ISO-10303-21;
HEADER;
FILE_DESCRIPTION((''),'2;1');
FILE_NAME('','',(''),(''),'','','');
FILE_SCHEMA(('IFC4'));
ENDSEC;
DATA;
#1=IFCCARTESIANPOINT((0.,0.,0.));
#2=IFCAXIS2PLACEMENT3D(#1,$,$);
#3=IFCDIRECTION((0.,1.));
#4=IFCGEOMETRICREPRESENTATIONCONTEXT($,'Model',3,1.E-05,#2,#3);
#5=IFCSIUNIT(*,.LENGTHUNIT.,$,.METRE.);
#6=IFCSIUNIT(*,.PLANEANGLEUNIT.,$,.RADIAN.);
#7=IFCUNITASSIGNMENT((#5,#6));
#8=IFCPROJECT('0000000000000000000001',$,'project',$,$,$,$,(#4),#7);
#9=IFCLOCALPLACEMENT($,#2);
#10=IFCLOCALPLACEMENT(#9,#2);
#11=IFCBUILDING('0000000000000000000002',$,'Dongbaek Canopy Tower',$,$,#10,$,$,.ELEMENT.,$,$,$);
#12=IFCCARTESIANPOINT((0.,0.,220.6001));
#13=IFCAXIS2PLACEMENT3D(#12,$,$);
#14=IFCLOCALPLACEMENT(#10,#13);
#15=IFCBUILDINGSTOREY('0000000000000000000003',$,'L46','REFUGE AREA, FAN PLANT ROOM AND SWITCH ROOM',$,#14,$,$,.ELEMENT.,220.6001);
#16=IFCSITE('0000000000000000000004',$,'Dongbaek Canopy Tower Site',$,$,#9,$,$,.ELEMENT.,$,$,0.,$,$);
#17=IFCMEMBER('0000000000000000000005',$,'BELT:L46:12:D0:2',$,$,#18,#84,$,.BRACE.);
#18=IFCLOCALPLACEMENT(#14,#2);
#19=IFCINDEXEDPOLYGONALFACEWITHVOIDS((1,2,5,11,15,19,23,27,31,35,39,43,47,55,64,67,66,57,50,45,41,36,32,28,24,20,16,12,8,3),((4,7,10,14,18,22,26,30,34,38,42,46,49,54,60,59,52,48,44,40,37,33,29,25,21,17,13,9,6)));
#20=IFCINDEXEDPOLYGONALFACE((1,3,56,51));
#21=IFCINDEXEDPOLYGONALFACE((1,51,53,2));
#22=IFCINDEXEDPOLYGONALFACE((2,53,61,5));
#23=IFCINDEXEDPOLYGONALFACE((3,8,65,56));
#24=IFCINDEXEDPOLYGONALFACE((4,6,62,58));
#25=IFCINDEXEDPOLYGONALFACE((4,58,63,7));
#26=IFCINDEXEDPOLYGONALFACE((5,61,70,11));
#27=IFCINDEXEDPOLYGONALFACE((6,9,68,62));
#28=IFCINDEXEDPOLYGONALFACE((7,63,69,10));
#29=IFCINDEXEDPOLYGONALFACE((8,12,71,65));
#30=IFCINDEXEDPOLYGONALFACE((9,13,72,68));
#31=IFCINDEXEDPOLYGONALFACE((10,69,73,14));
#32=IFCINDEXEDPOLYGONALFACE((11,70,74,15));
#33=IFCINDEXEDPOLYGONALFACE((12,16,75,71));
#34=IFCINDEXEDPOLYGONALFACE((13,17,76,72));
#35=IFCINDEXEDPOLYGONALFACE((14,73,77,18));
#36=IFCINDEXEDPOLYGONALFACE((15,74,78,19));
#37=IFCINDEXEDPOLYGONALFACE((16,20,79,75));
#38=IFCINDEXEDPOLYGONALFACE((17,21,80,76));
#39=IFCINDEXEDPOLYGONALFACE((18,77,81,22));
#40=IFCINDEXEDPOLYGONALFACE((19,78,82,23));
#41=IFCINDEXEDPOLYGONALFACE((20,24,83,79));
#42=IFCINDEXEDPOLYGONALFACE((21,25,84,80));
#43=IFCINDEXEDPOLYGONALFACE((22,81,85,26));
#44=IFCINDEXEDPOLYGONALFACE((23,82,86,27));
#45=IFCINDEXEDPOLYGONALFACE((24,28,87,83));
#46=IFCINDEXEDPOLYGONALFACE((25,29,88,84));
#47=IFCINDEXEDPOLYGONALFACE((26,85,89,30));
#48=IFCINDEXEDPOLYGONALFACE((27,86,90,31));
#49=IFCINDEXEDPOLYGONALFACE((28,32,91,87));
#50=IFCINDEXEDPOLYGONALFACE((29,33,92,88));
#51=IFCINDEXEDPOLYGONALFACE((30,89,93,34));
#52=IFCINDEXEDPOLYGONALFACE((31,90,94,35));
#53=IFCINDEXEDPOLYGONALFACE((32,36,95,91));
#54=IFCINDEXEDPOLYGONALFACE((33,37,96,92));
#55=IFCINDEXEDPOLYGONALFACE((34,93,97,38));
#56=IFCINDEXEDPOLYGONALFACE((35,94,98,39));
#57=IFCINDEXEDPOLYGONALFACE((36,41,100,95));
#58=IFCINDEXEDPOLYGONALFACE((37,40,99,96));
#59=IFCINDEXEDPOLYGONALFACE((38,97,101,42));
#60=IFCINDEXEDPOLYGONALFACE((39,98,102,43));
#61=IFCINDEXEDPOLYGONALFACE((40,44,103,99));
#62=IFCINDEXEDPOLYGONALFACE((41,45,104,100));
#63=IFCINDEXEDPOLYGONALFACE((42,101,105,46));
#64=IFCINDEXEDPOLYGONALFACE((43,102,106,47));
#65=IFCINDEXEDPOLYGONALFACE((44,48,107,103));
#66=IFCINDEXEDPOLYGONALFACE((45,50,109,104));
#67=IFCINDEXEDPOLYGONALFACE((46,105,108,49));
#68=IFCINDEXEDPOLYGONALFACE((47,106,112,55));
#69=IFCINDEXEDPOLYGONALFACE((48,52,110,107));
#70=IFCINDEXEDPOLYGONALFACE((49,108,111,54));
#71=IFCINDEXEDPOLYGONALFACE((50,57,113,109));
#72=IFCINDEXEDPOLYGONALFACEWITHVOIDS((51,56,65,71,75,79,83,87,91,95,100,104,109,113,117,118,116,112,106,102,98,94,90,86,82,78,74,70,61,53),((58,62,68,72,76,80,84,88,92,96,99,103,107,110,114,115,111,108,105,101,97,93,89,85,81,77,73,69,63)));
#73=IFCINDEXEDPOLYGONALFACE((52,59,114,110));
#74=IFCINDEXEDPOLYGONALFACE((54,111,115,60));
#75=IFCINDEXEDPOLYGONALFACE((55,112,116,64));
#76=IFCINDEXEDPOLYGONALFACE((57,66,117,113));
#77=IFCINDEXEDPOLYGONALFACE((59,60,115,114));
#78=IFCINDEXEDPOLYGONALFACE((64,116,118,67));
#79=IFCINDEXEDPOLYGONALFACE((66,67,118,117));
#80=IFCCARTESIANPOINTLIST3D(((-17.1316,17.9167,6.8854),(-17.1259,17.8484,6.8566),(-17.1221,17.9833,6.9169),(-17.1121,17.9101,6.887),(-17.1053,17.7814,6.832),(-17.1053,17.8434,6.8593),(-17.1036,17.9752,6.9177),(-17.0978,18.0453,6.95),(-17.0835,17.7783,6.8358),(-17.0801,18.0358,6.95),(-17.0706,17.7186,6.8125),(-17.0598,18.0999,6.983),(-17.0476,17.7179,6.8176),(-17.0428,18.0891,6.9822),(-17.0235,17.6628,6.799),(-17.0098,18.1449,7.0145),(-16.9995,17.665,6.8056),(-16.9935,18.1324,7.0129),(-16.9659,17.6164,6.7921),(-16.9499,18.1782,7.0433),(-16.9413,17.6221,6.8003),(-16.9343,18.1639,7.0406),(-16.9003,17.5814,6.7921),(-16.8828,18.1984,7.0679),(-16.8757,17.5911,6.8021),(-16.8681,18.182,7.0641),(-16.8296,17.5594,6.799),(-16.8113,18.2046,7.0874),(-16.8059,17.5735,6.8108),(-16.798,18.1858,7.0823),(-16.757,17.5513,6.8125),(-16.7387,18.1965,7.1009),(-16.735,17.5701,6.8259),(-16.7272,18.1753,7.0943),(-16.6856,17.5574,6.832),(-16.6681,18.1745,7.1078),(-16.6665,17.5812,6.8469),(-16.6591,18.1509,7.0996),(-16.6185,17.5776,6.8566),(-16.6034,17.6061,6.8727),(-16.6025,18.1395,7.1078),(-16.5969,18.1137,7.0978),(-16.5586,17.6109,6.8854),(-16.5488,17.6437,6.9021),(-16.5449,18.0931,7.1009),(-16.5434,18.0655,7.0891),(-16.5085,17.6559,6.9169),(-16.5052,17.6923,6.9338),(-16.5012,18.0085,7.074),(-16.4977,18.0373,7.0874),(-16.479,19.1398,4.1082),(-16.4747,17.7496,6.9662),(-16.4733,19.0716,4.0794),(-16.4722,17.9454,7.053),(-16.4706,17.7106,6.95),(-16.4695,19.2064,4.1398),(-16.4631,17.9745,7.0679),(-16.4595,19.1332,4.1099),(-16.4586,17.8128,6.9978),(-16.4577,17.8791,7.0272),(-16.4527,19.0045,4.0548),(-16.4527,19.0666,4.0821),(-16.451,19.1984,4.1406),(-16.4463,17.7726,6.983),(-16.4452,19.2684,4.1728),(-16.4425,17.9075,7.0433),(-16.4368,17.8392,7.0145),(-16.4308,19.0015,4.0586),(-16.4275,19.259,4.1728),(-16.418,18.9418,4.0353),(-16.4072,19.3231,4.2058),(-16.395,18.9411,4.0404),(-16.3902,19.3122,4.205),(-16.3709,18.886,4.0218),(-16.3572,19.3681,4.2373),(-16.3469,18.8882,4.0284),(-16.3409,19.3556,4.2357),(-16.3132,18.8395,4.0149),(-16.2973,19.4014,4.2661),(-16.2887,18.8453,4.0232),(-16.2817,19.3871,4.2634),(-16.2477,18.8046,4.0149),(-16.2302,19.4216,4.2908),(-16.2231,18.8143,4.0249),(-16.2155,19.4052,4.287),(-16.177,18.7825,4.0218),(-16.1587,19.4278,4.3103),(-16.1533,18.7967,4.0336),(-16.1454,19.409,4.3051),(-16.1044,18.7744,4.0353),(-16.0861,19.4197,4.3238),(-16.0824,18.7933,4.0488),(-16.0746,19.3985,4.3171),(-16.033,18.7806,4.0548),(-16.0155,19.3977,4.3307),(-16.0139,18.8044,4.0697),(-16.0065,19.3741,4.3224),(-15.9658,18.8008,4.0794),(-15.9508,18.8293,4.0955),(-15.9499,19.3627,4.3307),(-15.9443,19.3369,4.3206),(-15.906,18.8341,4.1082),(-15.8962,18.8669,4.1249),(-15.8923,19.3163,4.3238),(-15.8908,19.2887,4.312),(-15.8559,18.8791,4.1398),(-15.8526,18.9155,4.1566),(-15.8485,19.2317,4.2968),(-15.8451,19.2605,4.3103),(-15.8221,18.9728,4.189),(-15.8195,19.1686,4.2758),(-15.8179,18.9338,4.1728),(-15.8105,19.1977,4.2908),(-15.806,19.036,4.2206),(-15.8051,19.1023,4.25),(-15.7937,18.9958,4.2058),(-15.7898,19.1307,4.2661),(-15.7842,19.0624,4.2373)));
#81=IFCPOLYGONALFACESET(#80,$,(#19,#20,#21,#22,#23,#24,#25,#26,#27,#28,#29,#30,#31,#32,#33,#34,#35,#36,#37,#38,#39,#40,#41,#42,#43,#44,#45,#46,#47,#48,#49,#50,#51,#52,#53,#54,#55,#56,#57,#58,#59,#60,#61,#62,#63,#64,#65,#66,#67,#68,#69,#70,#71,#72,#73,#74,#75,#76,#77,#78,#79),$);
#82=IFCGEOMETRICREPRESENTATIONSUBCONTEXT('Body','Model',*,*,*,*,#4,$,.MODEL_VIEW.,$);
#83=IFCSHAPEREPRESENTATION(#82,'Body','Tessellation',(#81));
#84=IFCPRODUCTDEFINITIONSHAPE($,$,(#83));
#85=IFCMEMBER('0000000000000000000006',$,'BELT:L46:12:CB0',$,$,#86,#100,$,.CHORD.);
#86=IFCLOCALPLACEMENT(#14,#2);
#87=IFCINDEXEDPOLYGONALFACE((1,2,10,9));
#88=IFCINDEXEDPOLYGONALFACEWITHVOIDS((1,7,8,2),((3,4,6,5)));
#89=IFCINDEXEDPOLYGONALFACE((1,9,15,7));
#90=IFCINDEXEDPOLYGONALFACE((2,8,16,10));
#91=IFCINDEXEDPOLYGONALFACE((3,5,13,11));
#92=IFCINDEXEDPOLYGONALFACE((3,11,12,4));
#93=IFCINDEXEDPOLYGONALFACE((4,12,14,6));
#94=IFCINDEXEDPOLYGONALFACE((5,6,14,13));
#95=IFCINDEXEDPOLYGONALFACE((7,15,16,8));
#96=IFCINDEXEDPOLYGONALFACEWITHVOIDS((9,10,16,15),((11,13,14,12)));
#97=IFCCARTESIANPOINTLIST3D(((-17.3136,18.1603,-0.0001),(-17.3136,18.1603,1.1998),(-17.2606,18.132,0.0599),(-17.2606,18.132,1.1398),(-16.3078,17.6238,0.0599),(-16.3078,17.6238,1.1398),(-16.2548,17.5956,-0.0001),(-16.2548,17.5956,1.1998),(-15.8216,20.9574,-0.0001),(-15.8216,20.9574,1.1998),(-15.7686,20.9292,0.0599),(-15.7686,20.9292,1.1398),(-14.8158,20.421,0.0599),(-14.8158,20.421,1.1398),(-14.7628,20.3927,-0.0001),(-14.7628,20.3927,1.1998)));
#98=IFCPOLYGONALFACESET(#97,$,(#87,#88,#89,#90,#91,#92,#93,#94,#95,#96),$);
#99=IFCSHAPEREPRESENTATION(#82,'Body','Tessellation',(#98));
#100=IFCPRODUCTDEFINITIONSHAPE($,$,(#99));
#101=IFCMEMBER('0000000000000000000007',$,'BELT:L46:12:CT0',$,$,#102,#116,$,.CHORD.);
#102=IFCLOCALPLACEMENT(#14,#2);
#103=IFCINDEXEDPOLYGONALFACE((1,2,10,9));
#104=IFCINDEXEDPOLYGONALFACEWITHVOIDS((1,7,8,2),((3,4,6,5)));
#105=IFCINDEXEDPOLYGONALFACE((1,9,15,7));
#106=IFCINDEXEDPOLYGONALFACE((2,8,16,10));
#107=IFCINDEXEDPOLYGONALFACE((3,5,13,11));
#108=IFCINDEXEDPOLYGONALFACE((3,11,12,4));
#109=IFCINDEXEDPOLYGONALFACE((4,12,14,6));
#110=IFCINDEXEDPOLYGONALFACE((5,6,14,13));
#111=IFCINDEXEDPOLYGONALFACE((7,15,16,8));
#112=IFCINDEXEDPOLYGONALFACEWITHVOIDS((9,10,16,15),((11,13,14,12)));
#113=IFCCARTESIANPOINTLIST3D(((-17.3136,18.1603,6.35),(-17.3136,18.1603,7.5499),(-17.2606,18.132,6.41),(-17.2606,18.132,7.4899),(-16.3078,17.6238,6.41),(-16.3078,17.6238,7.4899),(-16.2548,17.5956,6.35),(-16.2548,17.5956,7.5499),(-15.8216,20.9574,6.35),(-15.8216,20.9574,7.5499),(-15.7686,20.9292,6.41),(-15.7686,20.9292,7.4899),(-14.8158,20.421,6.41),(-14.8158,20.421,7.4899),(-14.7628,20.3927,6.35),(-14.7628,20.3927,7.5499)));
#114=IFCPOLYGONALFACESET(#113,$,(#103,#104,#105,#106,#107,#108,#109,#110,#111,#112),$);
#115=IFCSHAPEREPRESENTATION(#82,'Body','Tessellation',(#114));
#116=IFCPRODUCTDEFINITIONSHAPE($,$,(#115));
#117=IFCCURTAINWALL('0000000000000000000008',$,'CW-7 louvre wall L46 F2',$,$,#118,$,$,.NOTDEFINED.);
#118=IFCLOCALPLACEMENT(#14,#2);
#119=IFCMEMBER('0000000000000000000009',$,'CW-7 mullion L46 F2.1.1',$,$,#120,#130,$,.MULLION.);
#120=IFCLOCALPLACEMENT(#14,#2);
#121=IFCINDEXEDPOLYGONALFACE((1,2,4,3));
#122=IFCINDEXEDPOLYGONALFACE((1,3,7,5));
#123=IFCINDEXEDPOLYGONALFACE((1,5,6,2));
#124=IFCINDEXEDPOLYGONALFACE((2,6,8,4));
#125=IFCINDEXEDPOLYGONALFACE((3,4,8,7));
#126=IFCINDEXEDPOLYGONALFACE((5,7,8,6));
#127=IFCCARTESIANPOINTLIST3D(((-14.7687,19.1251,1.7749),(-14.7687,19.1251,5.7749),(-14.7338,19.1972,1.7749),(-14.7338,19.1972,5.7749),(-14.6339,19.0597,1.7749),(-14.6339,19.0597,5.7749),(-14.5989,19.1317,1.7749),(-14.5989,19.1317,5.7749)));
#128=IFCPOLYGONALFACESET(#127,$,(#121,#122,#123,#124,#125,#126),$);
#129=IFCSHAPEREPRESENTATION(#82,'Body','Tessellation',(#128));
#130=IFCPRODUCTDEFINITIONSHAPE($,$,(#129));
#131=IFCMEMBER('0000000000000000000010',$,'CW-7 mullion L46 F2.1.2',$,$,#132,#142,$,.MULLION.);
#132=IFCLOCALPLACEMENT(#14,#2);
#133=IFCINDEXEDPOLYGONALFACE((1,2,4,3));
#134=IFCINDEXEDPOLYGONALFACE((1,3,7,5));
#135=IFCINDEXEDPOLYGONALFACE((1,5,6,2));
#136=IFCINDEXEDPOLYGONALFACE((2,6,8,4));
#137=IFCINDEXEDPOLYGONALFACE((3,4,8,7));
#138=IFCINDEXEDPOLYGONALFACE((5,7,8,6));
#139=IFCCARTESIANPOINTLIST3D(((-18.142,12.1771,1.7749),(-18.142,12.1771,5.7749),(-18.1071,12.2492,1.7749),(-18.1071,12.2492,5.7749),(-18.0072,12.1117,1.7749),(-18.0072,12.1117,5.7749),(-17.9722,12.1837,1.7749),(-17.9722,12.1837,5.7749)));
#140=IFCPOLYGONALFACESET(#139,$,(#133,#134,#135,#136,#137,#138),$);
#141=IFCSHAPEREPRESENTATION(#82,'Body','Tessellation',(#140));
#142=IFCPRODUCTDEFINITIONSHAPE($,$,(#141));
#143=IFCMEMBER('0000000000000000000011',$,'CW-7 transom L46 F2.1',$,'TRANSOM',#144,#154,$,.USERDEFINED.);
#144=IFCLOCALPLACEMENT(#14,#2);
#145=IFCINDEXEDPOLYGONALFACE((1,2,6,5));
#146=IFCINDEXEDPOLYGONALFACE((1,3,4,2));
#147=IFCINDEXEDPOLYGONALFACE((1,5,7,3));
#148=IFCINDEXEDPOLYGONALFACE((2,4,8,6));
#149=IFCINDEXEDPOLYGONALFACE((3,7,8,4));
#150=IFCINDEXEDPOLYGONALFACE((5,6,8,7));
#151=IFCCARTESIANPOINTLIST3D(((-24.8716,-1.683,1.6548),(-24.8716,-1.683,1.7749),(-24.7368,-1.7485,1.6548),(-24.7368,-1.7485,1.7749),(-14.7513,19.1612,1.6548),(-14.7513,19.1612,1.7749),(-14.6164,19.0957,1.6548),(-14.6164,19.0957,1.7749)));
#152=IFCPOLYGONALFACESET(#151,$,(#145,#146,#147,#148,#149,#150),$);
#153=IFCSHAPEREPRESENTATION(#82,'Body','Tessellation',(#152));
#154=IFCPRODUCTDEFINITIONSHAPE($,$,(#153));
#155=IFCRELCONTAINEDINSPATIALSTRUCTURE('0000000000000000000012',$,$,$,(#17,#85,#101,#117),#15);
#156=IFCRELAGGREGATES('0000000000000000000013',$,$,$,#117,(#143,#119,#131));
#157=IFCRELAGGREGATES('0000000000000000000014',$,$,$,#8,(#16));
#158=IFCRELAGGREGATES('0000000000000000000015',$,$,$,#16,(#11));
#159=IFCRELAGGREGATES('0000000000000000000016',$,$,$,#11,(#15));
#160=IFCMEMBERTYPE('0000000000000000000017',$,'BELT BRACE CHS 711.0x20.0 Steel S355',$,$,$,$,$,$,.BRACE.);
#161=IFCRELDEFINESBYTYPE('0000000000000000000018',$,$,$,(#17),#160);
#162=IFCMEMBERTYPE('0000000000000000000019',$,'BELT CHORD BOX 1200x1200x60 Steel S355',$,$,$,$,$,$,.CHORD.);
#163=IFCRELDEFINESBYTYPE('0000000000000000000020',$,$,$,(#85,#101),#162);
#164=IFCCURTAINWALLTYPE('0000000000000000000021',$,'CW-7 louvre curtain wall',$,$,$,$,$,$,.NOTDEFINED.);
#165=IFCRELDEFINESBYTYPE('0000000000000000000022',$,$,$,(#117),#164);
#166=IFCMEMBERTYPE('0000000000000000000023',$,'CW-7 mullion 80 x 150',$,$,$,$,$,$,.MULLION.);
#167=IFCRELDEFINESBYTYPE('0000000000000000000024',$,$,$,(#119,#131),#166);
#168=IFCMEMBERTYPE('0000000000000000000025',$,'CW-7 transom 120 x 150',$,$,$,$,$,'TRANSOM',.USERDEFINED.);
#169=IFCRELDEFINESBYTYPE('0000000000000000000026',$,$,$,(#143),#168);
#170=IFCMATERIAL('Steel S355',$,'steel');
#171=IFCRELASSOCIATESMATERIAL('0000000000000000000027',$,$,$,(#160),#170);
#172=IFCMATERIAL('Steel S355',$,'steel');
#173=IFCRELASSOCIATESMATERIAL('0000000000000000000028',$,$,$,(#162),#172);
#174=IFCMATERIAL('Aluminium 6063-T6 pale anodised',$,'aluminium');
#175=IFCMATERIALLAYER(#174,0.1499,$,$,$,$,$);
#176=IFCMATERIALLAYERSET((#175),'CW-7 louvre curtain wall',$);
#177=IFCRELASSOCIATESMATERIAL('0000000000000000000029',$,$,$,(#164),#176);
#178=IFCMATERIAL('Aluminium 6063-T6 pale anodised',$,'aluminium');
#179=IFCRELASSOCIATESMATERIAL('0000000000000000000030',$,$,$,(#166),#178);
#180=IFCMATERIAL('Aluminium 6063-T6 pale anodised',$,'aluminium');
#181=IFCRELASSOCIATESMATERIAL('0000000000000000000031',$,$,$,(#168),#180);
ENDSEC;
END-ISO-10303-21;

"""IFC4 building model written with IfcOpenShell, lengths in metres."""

from ifc_helpers import new_model, si_unit, direction, frame, origin, origin_2d, place, context, subcontext, project, spatial, rectangle, hollow_rectangle, hollow_circle, extrude, material, layer, layer_set, material_profile, profile_set, type_object, element, aggregate, save


model = new_model("IFC4")

# Units and contexts
model_context = context("Model", 3, precision=1e-05, world=origin(), true_north=direction((0.0, 1.0)))
body_context = subcontext(model_context, "Body", "Model", "MODEL_VIEW")
ifc_project = project(units=[si_unit("LENGTHUNIT", "METRE"), si_unit("PLANEANGLEUNIT", "RADIAN")], contexts=[model_context])

# Site, building, storey
site_placement = place(None, origin())
site = spatial("IfcSite", under=ifc_project, at=site_placement, Name="Dongbaek Canopy Tower Site", CompositionType="ELEMENT", RefElevation=0.0)
building_placement = place(site_placement, origin())
building = spatial("IfcBuilding", under=site, at=building_placement, Name="Dongbaek Canopy Tower", CompositionType="ELEMENT")
storey_placement = place(building_placement, frame((0.0, 0.0, 220.6001)))
storey = spatial("IfcBuildingStorey", under=building, at=storey_placement, Name="L46", Description="REFUGE AREA, FAN PLANT ROOM AND SWITCH ROOM", CompositionType="ELEMENT", Elevation=220.6001)

# Members
ifc_material_1 = material(Name="Steel S355", Category="steel")
ifc_material_profile_1 = material_profile(ifc_material_1, hollow_circle(Radius=0.3555, WallThickness=0.02, at=origin_2d()), Name="BELT BRACE CHS 711.0x20.0 Steel S355")
ifc_profile_set_1 = profile_set([ifc_material_profile_1], Name="Steel S355")
member_type_1 = type_object("IfcMemberType", Name="BELT BRACE CHS 711.0x20.0 Steel S355", PredefinedType="BRACE", material=ifc_profile_set_1)
member_1_placement = place(storey_placement, frame((-16.7842, 17.8779, 6.95), z_axis=(0.210247, 0.394066, -0.894711), x_axis=(-0.88228, 0.470725, 0.0)))
element("IfcMember", 1, at=member_1_placement, inside=storey, type_object=member_type_1, Name="BELT:L46:12:D0:2", PredefinedType="BRACE", context=body_context, shape_type="SweptSolid", body=[
    extrude(hollow_circle(Radius=0.3555, WallThickness=0.02, at=origin_2d()), origin(), (0.0, 0.0, 1.0), 3.104),
])
ifc_material_2 = material(Name="Steel S355", Category="steel")
ifc_material_profile_2 = material_profile(ifc_material_2, hollow_rectangle(XDim=1.2, YDim=1.2, WallThickness=0.0601, at=origin_2d()), Name="BELT CHORD BOX 1200x1200x60 Steel S355")
ifc_profile_set_2 = profile_set([ifc_material_profile_2], Name="Steel S355")
member_type_2 = type_object("IfcMemberType", Name="BELT CHORD BOX 1200x1200x60 Steel S355", PredefinedType="CHORD", material=ifc_profile_set_2)
for number, where, z_axis, x_axis, name in (
    (2, (-16.7842, 17.8779, 0.5999), (0.470624, 0.882334, 0.0), (-0.882334, 0.470624, 0.0), "BELT:L46:12:CB0"),
    (3, (-16.7842, 17.8779, 6.95), (0.470624, 0.882334, 0.0), (-0.882334, 0.470624, 0.0), "BELT:L46:12:CT0"),
):
    element("IfcMember", number, at=place(storey_placement, frame(where, z_axis=z_axis, x_axis=x_axis)), inside=storey, type_object=member_type_2, Name=name, PredefinedType="CHORD", context=body_context, shape_type="SweptSolid", body=[
        extrude(hollow_rectangle(XDim=1.2, YDim=1.2, WallThickness=0.0601, at=origin_2d()), origin(), (0.0, 0.0, 1.0), 3.1702),
    ])

# Curtain wall, members
ifc_material_3 = material(Name="Aluminium 6063-T6 pale anodised", Category="aluminium")
ifc_layer_1 = layer(ifc_material_3, 0.1499)
ifc_layer_set_1 = layer_set([ifc_layer_1], Name="CW-7 louvre curtain wall")
curtain_wall_type = type_object("IfcCurtainWallType", Name="CW-7 louvre curtain wall", PredefinedType="NOTDEFINED", material=ifc_layer_set_1)
curtain_wall_placement = place(storey_placement, origin())
curtain_wall = element("IfcCurtainWall", 4, at=curtain_wall_placement, inside=storey, type_object=curtain_wall_type, Name="CW-7 louvre wall L46 F2", PredefinedType="NOTDEFINED")
ifc_material_4 = material(Name="Aluminium 6063-T6 pale anodised", Category="aluminium")
ifc_material_profile_3 = material_profile(ifc_material_4, rectangle(XDim=0.1499, YDim=0.0801, at=origin_2d()), Name="CW-7 mullion 80 x 150")
ifc_profile_set_3 = profile_set([ifc_material_profile_3], Name="Aluminium 6063-T6 pale anodised")
member_type_3 = type_object("IfcMemberType", Name="CW-7 mullion 80 x 150", PredefinedType="MULLION", material=ifc_profile_set_3)
member_2_placement = place(storey_placement, frame((-14.6838, 19.1284, 1.7749), z_axis=(0.0, 0.0, 1.0), x_axis=(-0.899575, 0.436767, 0.0)))
member_2 = element("IfcMember", 5, at=member_2_placement, type_object=member_type_3, Name="CW-7 mullion L46 F2.1.1", PredefinedType="MULLION", context=body_context, shape_type="SweptSolid", body=[
    extrude(rectangle(XDim=0.1499, YDim=0.0801, at=origin_2d()), origin(), (0.0, 0.0, 1.0), 4.0),
])
member_3_placement = place(storey_placement, frame((-18.0571, 12.1804, 1.7749), z_axis=(0.0, 0.0, 1.0), x_axis=(-0.899575, 0.436767, 0.0)))
member_3 = element("IfcMember", 6, at=member_3_placement, type_object=member_type_3, Name="CW-7 mullion L46 F2.1.2", PredefinedType="MULLION", context=body_context, shape_type="SweptSolid", body=[
    extrude(rectangle(XDim=0.1499, YDim=0.0801, at=origin_2d()), origin(), (0.0, 0.0, 1.0), 4.0),
])
ifc_material_5 = material(Name="Aluminium 6063-T6 pale anodised", Category="aluminium")
ifc_material_profile_4 = material_profile(ifc_material_5, rectangle(XDim=0.1499, YDim=0.1201, at=origin_2d()), Name="CW-7 transom 120 x 150")
ifc_profile_set_4 = profile_set([ifc_material_profile_4], Name="Aluminium 6063-T6 pale anodised")
member_type_4 = type_object("IfcMemberType", Name="CW-7 transom 120 x 150", ElementType="TRANSOM", PredefinedType="USERDEFINED", material=ifc_profile_set_4)
member_4_placement = place(storey_placement, frame((-14.6838, 19.1284, 1.7148), z_axis=(-0.436765, -0.899576, 0.0), x_axis=(0.899576, -0.436765, 0.0)))
member_4 = element("IfcMember", 7, at=member_4_placement, type_object=member_type_4, Name="CW-7 transom L46 F2.1", ObjectType="TRANSOM", PredefinedType="USERDEFINED", context=body_context, shape_type="SweptSolid", body=[
    extrude(rectangle(XDim=0.1499, YDim=0.1201, at=origin_2d()), origin(), (0.0, 0.0, 1.0), 23.1711),
])

aggregate(curtain_wall, [member_4, member_2, member_3])

save(model, "model.ifc")
